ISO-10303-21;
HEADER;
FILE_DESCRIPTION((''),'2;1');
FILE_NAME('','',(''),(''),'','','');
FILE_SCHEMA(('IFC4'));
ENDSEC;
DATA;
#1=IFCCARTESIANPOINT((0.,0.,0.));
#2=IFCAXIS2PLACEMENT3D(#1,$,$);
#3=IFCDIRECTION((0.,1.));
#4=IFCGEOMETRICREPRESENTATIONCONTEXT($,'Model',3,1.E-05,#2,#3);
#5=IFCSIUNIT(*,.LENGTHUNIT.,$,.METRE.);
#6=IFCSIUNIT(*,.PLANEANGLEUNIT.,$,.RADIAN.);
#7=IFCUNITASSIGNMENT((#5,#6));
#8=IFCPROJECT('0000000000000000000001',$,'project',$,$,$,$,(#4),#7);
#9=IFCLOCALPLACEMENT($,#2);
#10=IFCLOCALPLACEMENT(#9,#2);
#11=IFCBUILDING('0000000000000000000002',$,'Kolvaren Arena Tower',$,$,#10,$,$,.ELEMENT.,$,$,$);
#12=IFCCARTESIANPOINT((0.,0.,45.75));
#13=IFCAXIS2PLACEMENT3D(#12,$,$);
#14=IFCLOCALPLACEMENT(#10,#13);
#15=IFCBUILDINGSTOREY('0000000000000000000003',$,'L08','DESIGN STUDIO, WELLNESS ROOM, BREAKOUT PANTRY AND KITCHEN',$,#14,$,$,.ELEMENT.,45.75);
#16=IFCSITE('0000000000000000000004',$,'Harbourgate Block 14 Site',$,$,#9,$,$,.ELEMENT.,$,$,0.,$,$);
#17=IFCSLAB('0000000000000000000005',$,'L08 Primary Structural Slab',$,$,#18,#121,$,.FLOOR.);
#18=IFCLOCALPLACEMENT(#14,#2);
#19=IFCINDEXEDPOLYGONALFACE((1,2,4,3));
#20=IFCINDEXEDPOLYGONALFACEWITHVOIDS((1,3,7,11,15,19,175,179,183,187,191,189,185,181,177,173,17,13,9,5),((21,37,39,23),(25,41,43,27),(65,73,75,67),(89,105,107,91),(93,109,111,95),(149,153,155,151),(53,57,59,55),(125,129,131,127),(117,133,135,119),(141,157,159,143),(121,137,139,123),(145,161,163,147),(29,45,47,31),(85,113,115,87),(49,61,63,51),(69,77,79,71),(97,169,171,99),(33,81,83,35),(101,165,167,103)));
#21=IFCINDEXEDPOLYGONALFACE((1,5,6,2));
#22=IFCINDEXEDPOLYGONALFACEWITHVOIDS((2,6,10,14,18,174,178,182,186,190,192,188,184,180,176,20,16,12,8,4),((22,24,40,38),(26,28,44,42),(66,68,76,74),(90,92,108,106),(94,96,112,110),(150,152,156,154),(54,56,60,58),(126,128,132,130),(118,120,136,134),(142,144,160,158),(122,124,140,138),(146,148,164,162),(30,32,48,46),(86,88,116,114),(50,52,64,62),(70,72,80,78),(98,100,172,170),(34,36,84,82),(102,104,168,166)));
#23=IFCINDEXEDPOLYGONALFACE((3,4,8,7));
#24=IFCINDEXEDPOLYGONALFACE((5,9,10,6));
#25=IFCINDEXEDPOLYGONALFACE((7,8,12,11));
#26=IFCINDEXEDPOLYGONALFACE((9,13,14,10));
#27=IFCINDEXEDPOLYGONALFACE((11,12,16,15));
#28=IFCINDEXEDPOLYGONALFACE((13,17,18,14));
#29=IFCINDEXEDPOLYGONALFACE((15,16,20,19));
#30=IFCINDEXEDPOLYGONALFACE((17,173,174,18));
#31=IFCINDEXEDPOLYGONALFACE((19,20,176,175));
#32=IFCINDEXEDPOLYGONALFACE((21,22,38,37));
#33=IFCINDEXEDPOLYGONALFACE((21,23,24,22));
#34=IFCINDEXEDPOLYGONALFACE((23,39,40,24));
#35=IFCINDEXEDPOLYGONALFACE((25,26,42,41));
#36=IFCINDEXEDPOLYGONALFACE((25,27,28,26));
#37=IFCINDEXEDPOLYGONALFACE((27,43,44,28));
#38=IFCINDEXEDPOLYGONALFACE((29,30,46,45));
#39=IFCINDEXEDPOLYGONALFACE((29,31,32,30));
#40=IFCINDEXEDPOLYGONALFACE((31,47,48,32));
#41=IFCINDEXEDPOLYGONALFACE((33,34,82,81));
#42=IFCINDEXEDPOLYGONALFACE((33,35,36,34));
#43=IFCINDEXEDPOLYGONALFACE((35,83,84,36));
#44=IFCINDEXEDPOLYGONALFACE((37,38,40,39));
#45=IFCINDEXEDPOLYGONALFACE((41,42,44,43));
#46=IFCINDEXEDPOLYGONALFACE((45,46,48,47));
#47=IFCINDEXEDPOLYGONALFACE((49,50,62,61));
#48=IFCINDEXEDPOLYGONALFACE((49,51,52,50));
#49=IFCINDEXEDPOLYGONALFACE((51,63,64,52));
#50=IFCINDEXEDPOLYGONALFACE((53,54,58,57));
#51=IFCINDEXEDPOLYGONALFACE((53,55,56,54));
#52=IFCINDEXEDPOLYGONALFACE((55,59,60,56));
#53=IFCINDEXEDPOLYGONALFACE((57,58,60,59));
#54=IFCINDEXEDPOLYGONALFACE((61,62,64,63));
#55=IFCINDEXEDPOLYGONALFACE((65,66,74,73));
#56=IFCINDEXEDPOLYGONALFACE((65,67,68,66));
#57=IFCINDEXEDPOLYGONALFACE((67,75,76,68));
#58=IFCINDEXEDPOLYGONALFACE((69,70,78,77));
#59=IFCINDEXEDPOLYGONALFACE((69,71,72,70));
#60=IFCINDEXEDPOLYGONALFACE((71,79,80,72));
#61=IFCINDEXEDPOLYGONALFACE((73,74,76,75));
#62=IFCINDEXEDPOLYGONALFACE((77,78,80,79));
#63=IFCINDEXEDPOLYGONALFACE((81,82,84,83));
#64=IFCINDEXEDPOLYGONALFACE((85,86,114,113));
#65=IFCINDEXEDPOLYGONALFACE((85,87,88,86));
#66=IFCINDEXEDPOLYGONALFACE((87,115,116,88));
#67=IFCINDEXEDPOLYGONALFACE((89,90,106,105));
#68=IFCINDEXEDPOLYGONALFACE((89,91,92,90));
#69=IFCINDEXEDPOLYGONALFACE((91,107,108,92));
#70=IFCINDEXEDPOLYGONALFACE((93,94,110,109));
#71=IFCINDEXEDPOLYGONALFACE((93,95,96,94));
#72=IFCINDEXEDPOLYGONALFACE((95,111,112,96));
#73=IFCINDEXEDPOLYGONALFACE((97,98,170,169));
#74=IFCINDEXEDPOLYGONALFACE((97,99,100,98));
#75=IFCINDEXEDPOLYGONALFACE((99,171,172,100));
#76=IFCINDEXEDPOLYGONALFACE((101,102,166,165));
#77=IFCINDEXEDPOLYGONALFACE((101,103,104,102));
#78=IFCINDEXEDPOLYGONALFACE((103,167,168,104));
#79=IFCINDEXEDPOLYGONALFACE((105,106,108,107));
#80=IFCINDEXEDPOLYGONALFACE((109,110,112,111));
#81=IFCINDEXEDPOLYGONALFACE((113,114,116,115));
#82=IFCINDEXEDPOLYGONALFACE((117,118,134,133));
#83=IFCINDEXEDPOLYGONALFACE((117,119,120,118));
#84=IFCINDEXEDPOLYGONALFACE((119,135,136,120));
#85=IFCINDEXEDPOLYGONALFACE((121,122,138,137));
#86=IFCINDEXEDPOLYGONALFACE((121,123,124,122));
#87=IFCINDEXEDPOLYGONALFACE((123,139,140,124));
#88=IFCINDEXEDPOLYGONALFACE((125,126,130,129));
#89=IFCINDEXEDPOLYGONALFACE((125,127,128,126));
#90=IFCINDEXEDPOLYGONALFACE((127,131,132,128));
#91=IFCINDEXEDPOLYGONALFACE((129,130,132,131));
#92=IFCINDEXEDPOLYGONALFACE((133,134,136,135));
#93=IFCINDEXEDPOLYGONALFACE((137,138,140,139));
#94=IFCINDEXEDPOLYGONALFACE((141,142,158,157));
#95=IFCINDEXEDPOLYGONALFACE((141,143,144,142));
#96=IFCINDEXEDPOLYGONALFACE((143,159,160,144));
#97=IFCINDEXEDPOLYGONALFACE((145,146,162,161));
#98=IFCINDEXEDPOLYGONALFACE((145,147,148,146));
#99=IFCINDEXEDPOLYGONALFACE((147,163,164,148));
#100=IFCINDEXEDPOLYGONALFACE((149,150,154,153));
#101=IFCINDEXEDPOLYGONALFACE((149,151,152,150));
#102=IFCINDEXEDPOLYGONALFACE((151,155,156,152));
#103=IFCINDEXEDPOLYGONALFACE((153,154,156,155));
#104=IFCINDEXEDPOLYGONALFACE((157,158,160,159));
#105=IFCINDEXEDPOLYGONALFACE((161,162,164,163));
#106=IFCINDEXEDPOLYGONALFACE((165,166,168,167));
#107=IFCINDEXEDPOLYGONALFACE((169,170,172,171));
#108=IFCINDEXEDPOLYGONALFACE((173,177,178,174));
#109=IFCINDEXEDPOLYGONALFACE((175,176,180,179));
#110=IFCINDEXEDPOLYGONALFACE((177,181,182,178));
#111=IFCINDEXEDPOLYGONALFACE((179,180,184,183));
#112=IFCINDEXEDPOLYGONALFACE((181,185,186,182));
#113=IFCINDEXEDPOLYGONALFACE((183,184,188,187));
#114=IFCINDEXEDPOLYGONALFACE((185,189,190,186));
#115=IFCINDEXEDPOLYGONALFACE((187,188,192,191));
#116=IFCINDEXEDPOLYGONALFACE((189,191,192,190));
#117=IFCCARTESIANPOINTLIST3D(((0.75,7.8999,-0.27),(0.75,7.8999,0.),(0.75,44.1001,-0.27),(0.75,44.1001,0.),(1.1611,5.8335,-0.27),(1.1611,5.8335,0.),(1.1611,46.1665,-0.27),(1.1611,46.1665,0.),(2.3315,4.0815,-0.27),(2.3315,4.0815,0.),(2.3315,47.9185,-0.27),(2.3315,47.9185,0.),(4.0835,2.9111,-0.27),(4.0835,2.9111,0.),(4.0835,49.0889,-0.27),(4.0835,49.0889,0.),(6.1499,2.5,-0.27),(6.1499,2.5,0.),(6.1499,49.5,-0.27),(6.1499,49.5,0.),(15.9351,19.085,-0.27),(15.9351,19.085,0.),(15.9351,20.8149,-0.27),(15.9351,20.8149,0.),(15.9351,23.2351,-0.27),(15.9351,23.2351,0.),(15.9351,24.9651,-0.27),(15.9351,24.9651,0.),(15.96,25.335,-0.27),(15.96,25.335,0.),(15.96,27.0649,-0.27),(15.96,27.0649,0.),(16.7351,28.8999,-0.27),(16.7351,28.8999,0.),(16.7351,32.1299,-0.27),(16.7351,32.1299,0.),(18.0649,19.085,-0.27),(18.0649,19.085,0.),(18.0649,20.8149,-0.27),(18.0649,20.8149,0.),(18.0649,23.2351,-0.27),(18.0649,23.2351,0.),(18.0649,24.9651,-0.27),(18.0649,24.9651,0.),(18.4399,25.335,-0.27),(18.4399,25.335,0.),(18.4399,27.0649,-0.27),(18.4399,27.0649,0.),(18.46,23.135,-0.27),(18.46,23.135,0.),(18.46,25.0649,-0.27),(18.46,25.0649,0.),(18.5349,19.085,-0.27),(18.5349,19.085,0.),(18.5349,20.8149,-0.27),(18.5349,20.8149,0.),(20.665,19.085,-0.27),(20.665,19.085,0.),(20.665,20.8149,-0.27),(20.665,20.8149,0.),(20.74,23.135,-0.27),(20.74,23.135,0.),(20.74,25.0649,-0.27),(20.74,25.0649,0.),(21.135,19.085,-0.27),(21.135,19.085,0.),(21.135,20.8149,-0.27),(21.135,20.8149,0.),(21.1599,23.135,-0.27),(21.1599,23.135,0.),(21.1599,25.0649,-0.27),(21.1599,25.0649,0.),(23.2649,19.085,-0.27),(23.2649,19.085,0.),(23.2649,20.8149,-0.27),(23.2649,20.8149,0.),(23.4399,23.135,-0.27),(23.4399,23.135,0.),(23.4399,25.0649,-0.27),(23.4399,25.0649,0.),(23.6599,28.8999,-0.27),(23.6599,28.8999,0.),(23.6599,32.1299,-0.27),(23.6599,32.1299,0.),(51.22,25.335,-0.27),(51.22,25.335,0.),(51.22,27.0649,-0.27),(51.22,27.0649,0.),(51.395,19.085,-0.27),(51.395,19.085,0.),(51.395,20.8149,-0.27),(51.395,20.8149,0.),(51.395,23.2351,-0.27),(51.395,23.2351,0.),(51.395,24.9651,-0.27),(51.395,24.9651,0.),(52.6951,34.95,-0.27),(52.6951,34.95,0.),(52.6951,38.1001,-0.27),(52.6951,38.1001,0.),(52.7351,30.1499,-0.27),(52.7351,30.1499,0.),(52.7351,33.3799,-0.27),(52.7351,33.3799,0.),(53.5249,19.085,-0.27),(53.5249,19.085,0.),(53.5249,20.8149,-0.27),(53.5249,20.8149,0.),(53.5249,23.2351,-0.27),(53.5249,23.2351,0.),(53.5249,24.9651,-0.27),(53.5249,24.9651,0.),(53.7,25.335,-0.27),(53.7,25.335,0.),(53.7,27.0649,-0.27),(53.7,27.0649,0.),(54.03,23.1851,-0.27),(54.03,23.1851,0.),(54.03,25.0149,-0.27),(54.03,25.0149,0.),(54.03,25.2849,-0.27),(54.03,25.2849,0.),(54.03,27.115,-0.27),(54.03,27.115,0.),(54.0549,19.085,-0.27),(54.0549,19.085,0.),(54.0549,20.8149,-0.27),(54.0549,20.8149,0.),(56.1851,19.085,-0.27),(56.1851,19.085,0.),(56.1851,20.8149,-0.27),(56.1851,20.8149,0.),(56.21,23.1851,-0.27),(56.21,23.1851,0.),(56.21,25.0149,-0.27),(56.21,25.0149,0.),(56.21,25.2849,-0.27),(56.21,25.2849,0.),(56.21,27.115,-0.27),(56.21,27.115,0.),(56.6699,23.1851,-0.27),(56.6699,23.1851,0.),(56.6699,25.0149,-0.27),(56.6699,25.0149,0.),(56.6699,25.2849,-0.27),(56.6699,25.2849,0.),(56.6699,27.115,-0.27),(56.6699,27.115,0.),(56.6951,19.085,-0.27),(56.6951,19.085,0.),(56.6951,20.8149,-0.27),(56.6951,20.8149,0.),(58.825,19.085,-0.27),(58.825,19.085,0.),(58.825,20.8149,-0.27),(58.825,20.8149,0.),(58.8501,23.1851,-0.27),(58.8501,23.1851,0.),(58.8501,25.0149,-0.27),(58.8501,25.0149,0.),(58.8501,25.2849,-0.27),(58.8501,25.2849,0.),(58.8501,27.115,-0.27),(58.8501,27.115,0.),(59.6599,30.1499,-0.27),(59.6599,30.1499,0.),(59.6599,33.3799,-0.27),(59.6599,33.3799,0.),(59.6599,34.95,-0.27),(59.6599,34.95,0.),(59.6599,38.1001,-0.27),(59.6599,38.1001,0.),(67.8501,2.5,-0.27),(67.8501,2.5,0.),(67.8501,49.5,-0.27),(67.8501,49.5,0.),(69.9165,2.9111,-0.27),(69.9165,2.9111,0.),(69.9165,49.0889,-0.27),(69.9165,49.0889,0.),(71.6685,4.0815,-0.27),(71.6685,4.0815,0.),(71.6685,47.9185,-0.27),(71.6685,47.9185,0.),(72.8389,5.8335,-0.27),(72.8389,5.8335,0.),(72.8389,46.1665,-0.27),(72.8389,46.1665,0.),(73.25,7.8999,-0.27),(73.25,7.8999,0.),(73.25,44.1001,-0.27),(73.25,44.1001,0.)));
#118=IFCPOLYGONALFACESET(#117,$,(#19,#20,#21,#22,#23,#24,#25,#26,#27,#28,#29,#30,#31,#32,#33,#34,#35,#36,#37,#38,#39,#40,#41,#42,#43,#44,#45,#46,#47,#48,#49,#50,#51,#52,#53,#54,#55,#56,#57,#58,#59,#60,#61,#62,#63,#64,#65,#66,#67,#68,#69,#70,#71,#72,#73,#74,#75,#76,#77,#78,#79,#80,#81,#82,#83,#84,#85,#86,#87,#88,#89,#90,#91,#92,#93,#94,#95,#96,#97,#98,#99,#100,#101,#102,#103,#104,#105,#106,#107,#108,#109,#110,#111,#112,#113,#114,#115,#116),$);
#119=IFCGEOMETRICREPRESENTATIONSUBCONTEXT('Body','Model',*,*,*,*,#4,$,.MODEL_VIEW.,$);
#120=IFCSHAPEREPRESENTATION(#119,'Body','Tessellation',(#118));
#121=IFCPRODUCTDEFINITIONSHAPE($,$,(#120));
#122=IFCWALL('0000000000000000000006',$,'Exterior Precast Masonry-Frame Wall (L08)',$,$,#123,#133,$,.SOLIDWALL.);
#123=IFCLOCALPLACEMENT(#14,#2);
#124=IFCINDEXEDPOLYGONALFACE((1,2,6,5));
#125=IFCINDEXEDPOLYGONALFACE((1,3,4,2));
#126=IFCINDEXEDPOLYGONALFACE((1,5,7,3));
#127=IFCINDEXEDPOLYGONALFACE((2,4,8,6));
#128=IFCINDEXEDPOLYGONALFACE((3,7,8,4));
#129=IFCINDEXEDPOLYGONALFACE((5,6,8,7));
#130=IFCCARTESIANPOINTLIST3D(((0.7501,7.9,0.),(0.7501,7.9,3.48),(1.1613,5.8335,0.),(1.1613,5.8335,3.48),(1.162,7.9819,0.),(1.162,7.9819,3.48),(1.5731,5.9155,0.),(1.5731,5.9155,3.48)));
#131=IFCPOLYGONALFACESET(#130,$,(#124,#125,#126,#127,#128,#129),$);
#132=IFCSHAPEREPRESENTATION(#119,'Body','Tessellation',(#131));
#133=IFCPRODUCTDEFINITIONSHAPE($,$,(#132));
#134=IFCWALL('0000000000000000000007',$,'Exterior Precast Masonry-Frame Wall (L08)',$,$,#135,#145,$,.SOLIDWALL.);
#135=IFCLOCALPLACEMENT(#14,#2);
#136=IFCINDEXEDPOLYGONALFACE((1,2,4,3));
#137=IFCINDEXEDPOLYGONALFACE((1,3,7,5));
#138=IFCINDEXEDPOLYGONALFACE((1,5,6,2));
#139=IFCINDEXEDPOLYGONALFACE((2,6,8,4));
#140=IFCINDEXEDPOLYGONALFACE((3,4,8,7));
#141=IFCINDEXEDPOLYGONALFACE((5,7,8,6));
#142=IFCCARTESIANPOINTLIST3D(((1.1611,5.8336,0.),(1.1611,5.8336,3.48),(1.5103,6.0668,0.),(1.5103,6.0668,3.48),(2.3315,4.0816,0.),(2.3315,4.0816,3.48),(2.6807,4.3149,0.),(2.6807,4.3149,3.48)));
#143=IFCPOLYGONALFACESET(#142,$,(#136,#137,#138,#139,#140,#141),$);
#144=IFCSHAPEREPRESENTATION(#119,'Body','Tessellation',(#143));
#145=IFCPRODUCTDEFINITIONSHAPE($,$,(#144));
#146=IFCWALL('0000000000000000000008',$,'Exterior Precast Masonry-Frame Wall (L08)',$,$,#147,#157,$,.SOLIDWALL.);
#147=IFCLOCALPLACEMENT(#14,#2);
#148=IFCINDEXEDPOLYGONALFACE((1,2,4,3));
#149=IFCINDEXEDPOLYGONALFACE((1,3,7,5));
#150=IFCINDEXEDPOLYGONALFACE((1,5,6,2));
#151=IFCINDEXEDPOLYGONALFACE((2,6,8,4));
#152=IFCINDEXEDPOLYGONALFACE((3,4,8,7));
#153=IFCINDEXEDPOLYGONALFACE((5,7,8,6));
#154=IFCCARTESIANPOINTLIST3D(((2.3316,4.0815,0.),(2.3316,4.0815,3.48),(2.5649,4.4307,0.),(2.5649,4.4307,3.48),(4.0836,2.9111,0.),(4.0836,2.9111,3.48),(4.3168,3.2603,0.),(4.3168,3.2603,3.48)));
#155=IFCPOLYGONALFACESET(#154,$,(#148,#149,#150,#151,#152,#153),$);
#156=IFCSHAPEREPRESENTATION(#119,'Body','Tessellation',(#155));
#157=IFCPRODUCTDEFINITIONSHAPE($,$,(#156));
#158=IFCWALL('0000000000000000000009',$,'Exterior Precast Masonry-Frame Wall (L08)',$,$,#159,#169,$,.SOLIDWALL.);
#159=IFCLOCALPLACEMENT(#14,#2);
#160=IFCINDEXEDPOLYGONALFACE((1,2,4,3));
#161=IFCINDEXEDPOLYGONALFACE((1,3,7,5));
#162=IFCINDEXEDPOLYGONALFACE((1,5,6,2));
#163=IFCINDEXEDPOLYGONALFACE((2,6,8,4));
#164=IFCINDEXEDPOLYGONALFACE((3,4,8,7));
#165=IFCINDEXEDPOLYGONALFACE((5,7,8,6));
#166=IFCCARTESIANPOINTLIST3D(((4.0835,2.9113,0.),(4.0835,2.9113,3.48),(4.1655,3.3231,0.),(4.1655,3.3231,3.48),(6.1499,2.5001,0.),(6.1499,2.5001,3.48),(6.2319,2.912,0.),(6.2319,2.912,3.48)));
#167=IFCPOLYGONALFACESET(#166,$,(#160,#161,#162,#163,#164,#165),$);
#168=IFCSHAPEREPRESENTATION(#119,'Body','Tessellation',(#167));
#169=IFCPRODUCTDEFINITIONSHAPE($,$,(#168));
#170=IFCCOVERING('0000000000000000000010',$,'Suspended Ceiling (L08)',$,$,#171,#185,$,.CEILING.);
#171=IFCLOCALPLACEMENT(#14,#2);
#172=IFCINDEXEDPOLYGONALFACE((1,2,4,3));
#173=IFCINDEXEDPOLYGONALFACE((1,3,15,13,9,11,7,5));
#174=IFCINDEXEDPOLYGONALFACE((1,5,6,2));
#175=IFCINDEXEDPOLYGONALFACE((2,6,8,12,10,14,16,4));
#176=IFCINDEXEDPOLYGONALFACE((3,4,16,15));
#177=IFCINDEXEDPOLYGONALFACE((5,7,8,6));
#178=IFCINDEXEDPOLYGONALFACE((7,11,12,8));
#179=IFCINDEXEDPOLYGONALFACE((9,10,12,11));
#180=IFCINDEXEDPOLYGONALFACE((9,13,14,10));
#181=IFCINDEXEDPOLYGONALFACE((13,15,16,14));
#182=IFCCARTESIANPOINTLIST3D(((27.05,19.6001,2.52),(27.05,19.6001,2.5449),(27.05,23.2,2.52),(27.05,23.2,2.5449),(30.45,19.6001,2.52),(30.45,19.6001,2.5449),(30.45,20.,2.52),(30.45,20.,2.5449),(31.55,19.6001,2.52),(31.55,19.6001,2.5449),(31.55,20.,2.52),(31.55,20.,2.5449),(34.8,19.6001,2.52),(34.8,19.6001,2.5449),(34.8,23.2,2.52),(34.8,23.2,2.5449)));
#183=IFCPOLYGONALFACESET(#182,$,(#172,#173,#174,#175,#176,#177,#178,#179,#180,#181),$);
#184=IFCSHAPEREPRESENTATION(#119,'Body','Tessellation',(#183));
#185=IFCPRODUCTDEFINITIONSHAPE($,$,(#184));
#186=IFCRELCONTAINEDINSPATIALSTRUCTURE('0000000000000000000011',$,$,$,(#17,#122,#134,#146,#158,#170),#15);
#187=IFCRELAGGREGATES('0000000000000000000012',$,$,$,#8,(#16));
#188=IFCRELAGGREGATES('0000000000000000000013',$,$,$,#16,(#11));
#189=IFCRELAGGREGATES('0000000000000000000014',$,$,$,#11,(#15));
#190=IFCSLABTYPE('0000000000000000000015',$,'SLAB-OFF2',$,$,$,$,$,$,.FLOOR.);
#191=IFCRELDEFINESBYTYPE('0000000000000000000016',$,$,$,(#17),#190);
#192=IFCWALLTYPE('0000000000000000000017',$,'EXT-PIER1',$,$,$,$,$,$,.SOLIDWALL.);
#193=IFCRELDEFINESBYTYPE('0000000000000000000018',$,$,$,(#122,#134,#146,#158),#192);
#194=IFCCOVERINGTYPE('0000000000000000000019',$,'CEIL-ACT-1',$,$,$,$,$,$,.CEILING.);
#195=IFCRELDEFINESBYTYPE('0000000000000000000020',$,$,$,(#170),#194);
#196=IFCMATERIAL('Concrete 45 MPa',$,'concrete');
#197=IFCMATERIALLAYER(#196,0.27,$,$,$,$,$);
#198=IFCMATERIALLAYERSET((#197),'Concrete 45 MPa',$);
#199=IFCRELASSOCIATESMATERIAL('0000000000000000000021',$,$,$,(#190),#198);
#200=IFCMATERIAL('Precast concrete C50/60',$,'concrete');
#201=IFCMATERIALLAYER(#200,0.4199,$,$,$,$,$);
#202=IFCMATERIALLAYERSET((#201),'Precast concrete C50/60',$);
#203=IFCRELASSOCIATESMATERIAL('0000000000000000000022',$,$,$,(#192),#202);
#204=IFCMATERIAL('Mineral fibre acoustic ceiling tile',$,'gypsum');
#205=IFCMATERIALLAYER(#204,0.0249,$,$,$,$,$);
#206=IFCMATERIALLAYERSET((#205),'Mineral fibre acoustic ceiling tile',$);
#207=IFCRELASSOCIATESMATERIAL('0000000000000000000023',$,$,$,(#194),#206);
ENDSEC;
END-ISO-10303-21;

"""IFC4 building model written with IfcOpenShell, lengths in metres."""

from ifc_helpers import new_model, si_unit, direction, frame, frame_2d, origin, place, context, subcontext, project, spatial, polyline, rectangle, outline, extrude, material, layer, layer_set, type_object, element, save


model = new_model("IFC4")

# Units and contexts
model_context = context("Model", 3, precision=1e-05, world=origin(), true_north=direction((0.0, 1.0)))
body_context = subcontext(model_context, "Body", "Model", "MODEL_VIEW")
ifc_project = project(units=[si_unit("LENGTHUNIT", "METRE"), si_unit("PLANEANGLEUNIT", "RADIAN")], contexts=[model_context])

# Site, building, storey
site_placement = place(None, origin())
site = spatial("IfcSite", under=ifc_project, at=site_placement, Name="Harbourgate Block 14 Site", CompositionType="ELEMENT", RefElevation=0.0)
building_placement = place(site_placement, origin())
building = spatial("IfcBuilding", under=site, at=building_placement, Name="Kolvaren Arena Tower", CompositionType="ELEMENT")
storey_placement = place(building_placement, frame((0.0, 0.0, 45.75)))
storey = spatial("IfcBuildingStorey", under=building, at=storey_placement, Name="L08", Description="DESIGN STUDIO, WELLNESS ROOM, BREAKOUT PANTRY AND KITCHEN", CompositionType="ELEMENT", Elevation=45.75)

# Shared definitions
ifc_material_1 = material(Name="Concrete 45 MPa", Category="concrete")

# Slab
ifc_layer_1 = layer(ifc_material_1, 0.27)
ifc_layer_set_1 = layer_set([ifc_layer_1], Name="Concrete 45 MPa")
slab_type_1 = type_object("IfcSlabType", Name="SLAB-OFF2", PredefinedType="FLOOR", material=ifc_layer_set_1)
slab_1_placement = place(storey_placement, frame((0.0, 0.0, -0.27)))
element("IfcSlab", 1, at=slab_1_placement, inside=storey, type_object=slab_type_1, Name="L08 Primary Structural Slab", PredefinedType="FLOOR", context=body_context, shape_type="SweptSolid", body=[
    extrude(outline(polyline([(67.8501, 2.5), (69.9165, 2.9111), (71.6685, 4.0815), (72.8389, 5.8335), (73.25, 7.8999), (73.25, 44.1001), (72.8389, 46.1665), (71.6685, 47.9185), (69.9165, 49.0889), (67.8501, 49.5), (6.1499, 49.5), (4.0835, 49.0889), (2.3315, 47.9185), (1.1611, 46.1665), (0.75, 44.1001), (0.75, 7.8999), (1.1611, 5.8335), (2.3315, 4.0815), (4.0835, 2.9111), (6.1499, 2.5), (67.8501, 2.5)]), holes=[polyline([(15.9351, 19.085), (15.9351, 20.8149), (18.0649, 20.8149), (18.0649, 19.085), (15.9351, 19.085)]), polyline([(18.5349, 19.085), (18.5349, 20.8149), (20.665, 20.8149), (20.665, 19.085), (18.5349, 19.085)]), polyline([(21.135, 19.085), (21.135, 20.8149), (23.2649, 20.8149), (23.2649, 19.085), (21.135, 19.085)]), polyline([(51.395, 19.085), (51.395, 20.8149), (53.5249, 20.8149), (53.5249, 19.085), (51.395, 19.085)]), polyline([(54.0549, 19.085), (54.0549, 20.8149), (56.1851, 20.8149), (56.1851, 19.085), (54.0549, 19.085)]), polyline([(56.6951, 19.085), (56.6951, 20.8149), (58.825, 20.8149), (58.825, 19.085), (56.6951, 19.085)]), polyline([(18.46, 23.135), (18.46, 25.0649), (20.74, 25.0649), (20.74, 23.135), (18.46, 23.135)]), polyline([(21.1599, 23.135), (21.1599, 25.0649), (23.4399, 25.0649), (23.4399, 23.135), (21.1599, 23.135)]), polyline([(54.03, 25.0149), (56.21, 25.0149), (56.21, 23.1851), (54.03, 23.1851), (54.03, 25.0149)]), polyline([(56.6699, 25.0149), (58.8501, 25.0149), (58.8501, 23.1851), (56.6699, 23.1851), (56.6699, 25.0149)]), polyline([(15.9351, 23.2351), (15.9351, 24.9651), (18.0649, 24.9651), (18.0649, 23.2351), (15.9351, 23.2351)]), polyline([(51.395, 24.9651), (53.5249, 24.9651), (53.5249, 23.2351), (51.395, 23.2351), (51.395, 24.9651)]), polyline([(54.03, 25.2849), (54.03, 27.115), (56.21, 27.115), (56.21, 25.2849), (54.03, 25.2849)]), polyline([(56.6699, 25.2849), (56.6699, 27.115), (58.8501, 27.115), (58.8501, 25.2849), (56.6699, 25.2849)]), polyline([(15.96, 27.0649), (18.4399, 27.0649), (18.4399, 25.335), (15.96, 25.335), (15.96, 27.0649)]), polyline([(51.22, 25.335), (51.22, 27.0649), (53.7, 27.0649), (53.7, 25.335), (51.22, 25.335)]), polyline([(16.7351, 28.8999), (16.7351, 32.1299), (23.6599, 32.1299), (23.6599, 28.8999), (16.7351, 28.8999)]), polyline([(52.7351, 33.3799), (59.6599, 33.3799), (59.6599, 30.1499), (52.7351, 30.1499), (52.7351, 33.3799)]), polyline([(52.6951, 38.1001), (59.6599, 38.1001), (59.6599, 34.95), (52.6951, 34.95), (52.6951, 38.1001)])]), origin(), (0.0, 0.0, 1.0), 0.27),
])

# Walls
ifc_material_2 = material(Name="Precast concrete C50/60", Category="concrete")
ifc_layer_2 = layer(ifc_material_2, 0.4199)
ifc_layer_set_2 = layer_set([ifc_layer_2], Name="Precast concrete C50/60")
wall_type = type_object("IfcWallType", Name="EXT-PIER1", PredefinedType="SOLIDWALL", material=ifc_layer_set_2)
for number, where, z_axis, x_axis, name in (
    (2, (1.3672, 5.8745, 0.0), (0.0, 0.0, 1.0), (-0.195136, 0.980776, 0.0), "Exterior Precast Masonry-Frame Wall (L08)"),
    (3, (2.5061, 4.1982, 0.0), (0.0, 0.0, 1.0), (-0.555502, 0.831515, 0.0), "Exterior Precast Masonry-Frame Wall (L08)"),
    (4, (4.2002, 3.0857, 0.0), (0.0, 0.0, 1.0), (-0.831515, 0.555502, 0.0), "Exterior Precast Masonry-Frame Wall (L08)"),
    (5, (6.1909, 2.7061, 0.0), (0.0, 0.0, 1.0), (-0.980776, 0.195136, 0.0), "Exterior Precast Masonry-Frame Wall (L08)"),
):
    element("IfcWall", number, at=place(storey_placement, frame(where, z_axis=z_axis, x_axis=x_axis)), inside=storey, type_object=wall_type, Name=name, PredefinedType="SOLIDWALL", context=body_context, shape_type="SweptSolid", body=[
        extrude(rectangle(XDim=2.1069, YDim=0.4199, at=frame_2d((1.0535, 0.0))), origin(), (0.0, 0.0, 1.0), 3.48),
    ])

# Covering
ifc_material_3 = material(Name="Mineral fibre acoustic ceiling tile", Category="gypsum")
ifc_layer_3 = layer(ifc_material_3, 0.0249)
ifc_layer_set_3 = layer_set([ifc_layer_3], Name="Mineral fibre acoustic ceiling tile")
covering_type_1 = type_object("IfcCoveringType", Name="CEIL-ACT-1", PredefinedType="CEILING", material=ifc_layer_set_3)
covering_1_placement = place(storey_placement, frame((0.0, 0.0, 2.52)))
element("IfcCovering", 6, at=covering_1_placement, inside=storey, type_object=covering_type_1, Name="Suspended Ceiling (L08)", PredefinedType="CEILING", context=body_context, shape_type="SweptSolid", body=[
    extrude(outline(polyline([(27.05, 19.6001), (27.05, 23.2), (34.8, 23.2), (34.8, 19.6001), (31.55, 19.6001), (31.55, 20.0), (30.45, 20.0), (30.45, 19.6001), (27.05, 19.6001)])), origin(), (0.0, 0.0, 1.0), 0.0249),
])

save(model, "model.ifc")
